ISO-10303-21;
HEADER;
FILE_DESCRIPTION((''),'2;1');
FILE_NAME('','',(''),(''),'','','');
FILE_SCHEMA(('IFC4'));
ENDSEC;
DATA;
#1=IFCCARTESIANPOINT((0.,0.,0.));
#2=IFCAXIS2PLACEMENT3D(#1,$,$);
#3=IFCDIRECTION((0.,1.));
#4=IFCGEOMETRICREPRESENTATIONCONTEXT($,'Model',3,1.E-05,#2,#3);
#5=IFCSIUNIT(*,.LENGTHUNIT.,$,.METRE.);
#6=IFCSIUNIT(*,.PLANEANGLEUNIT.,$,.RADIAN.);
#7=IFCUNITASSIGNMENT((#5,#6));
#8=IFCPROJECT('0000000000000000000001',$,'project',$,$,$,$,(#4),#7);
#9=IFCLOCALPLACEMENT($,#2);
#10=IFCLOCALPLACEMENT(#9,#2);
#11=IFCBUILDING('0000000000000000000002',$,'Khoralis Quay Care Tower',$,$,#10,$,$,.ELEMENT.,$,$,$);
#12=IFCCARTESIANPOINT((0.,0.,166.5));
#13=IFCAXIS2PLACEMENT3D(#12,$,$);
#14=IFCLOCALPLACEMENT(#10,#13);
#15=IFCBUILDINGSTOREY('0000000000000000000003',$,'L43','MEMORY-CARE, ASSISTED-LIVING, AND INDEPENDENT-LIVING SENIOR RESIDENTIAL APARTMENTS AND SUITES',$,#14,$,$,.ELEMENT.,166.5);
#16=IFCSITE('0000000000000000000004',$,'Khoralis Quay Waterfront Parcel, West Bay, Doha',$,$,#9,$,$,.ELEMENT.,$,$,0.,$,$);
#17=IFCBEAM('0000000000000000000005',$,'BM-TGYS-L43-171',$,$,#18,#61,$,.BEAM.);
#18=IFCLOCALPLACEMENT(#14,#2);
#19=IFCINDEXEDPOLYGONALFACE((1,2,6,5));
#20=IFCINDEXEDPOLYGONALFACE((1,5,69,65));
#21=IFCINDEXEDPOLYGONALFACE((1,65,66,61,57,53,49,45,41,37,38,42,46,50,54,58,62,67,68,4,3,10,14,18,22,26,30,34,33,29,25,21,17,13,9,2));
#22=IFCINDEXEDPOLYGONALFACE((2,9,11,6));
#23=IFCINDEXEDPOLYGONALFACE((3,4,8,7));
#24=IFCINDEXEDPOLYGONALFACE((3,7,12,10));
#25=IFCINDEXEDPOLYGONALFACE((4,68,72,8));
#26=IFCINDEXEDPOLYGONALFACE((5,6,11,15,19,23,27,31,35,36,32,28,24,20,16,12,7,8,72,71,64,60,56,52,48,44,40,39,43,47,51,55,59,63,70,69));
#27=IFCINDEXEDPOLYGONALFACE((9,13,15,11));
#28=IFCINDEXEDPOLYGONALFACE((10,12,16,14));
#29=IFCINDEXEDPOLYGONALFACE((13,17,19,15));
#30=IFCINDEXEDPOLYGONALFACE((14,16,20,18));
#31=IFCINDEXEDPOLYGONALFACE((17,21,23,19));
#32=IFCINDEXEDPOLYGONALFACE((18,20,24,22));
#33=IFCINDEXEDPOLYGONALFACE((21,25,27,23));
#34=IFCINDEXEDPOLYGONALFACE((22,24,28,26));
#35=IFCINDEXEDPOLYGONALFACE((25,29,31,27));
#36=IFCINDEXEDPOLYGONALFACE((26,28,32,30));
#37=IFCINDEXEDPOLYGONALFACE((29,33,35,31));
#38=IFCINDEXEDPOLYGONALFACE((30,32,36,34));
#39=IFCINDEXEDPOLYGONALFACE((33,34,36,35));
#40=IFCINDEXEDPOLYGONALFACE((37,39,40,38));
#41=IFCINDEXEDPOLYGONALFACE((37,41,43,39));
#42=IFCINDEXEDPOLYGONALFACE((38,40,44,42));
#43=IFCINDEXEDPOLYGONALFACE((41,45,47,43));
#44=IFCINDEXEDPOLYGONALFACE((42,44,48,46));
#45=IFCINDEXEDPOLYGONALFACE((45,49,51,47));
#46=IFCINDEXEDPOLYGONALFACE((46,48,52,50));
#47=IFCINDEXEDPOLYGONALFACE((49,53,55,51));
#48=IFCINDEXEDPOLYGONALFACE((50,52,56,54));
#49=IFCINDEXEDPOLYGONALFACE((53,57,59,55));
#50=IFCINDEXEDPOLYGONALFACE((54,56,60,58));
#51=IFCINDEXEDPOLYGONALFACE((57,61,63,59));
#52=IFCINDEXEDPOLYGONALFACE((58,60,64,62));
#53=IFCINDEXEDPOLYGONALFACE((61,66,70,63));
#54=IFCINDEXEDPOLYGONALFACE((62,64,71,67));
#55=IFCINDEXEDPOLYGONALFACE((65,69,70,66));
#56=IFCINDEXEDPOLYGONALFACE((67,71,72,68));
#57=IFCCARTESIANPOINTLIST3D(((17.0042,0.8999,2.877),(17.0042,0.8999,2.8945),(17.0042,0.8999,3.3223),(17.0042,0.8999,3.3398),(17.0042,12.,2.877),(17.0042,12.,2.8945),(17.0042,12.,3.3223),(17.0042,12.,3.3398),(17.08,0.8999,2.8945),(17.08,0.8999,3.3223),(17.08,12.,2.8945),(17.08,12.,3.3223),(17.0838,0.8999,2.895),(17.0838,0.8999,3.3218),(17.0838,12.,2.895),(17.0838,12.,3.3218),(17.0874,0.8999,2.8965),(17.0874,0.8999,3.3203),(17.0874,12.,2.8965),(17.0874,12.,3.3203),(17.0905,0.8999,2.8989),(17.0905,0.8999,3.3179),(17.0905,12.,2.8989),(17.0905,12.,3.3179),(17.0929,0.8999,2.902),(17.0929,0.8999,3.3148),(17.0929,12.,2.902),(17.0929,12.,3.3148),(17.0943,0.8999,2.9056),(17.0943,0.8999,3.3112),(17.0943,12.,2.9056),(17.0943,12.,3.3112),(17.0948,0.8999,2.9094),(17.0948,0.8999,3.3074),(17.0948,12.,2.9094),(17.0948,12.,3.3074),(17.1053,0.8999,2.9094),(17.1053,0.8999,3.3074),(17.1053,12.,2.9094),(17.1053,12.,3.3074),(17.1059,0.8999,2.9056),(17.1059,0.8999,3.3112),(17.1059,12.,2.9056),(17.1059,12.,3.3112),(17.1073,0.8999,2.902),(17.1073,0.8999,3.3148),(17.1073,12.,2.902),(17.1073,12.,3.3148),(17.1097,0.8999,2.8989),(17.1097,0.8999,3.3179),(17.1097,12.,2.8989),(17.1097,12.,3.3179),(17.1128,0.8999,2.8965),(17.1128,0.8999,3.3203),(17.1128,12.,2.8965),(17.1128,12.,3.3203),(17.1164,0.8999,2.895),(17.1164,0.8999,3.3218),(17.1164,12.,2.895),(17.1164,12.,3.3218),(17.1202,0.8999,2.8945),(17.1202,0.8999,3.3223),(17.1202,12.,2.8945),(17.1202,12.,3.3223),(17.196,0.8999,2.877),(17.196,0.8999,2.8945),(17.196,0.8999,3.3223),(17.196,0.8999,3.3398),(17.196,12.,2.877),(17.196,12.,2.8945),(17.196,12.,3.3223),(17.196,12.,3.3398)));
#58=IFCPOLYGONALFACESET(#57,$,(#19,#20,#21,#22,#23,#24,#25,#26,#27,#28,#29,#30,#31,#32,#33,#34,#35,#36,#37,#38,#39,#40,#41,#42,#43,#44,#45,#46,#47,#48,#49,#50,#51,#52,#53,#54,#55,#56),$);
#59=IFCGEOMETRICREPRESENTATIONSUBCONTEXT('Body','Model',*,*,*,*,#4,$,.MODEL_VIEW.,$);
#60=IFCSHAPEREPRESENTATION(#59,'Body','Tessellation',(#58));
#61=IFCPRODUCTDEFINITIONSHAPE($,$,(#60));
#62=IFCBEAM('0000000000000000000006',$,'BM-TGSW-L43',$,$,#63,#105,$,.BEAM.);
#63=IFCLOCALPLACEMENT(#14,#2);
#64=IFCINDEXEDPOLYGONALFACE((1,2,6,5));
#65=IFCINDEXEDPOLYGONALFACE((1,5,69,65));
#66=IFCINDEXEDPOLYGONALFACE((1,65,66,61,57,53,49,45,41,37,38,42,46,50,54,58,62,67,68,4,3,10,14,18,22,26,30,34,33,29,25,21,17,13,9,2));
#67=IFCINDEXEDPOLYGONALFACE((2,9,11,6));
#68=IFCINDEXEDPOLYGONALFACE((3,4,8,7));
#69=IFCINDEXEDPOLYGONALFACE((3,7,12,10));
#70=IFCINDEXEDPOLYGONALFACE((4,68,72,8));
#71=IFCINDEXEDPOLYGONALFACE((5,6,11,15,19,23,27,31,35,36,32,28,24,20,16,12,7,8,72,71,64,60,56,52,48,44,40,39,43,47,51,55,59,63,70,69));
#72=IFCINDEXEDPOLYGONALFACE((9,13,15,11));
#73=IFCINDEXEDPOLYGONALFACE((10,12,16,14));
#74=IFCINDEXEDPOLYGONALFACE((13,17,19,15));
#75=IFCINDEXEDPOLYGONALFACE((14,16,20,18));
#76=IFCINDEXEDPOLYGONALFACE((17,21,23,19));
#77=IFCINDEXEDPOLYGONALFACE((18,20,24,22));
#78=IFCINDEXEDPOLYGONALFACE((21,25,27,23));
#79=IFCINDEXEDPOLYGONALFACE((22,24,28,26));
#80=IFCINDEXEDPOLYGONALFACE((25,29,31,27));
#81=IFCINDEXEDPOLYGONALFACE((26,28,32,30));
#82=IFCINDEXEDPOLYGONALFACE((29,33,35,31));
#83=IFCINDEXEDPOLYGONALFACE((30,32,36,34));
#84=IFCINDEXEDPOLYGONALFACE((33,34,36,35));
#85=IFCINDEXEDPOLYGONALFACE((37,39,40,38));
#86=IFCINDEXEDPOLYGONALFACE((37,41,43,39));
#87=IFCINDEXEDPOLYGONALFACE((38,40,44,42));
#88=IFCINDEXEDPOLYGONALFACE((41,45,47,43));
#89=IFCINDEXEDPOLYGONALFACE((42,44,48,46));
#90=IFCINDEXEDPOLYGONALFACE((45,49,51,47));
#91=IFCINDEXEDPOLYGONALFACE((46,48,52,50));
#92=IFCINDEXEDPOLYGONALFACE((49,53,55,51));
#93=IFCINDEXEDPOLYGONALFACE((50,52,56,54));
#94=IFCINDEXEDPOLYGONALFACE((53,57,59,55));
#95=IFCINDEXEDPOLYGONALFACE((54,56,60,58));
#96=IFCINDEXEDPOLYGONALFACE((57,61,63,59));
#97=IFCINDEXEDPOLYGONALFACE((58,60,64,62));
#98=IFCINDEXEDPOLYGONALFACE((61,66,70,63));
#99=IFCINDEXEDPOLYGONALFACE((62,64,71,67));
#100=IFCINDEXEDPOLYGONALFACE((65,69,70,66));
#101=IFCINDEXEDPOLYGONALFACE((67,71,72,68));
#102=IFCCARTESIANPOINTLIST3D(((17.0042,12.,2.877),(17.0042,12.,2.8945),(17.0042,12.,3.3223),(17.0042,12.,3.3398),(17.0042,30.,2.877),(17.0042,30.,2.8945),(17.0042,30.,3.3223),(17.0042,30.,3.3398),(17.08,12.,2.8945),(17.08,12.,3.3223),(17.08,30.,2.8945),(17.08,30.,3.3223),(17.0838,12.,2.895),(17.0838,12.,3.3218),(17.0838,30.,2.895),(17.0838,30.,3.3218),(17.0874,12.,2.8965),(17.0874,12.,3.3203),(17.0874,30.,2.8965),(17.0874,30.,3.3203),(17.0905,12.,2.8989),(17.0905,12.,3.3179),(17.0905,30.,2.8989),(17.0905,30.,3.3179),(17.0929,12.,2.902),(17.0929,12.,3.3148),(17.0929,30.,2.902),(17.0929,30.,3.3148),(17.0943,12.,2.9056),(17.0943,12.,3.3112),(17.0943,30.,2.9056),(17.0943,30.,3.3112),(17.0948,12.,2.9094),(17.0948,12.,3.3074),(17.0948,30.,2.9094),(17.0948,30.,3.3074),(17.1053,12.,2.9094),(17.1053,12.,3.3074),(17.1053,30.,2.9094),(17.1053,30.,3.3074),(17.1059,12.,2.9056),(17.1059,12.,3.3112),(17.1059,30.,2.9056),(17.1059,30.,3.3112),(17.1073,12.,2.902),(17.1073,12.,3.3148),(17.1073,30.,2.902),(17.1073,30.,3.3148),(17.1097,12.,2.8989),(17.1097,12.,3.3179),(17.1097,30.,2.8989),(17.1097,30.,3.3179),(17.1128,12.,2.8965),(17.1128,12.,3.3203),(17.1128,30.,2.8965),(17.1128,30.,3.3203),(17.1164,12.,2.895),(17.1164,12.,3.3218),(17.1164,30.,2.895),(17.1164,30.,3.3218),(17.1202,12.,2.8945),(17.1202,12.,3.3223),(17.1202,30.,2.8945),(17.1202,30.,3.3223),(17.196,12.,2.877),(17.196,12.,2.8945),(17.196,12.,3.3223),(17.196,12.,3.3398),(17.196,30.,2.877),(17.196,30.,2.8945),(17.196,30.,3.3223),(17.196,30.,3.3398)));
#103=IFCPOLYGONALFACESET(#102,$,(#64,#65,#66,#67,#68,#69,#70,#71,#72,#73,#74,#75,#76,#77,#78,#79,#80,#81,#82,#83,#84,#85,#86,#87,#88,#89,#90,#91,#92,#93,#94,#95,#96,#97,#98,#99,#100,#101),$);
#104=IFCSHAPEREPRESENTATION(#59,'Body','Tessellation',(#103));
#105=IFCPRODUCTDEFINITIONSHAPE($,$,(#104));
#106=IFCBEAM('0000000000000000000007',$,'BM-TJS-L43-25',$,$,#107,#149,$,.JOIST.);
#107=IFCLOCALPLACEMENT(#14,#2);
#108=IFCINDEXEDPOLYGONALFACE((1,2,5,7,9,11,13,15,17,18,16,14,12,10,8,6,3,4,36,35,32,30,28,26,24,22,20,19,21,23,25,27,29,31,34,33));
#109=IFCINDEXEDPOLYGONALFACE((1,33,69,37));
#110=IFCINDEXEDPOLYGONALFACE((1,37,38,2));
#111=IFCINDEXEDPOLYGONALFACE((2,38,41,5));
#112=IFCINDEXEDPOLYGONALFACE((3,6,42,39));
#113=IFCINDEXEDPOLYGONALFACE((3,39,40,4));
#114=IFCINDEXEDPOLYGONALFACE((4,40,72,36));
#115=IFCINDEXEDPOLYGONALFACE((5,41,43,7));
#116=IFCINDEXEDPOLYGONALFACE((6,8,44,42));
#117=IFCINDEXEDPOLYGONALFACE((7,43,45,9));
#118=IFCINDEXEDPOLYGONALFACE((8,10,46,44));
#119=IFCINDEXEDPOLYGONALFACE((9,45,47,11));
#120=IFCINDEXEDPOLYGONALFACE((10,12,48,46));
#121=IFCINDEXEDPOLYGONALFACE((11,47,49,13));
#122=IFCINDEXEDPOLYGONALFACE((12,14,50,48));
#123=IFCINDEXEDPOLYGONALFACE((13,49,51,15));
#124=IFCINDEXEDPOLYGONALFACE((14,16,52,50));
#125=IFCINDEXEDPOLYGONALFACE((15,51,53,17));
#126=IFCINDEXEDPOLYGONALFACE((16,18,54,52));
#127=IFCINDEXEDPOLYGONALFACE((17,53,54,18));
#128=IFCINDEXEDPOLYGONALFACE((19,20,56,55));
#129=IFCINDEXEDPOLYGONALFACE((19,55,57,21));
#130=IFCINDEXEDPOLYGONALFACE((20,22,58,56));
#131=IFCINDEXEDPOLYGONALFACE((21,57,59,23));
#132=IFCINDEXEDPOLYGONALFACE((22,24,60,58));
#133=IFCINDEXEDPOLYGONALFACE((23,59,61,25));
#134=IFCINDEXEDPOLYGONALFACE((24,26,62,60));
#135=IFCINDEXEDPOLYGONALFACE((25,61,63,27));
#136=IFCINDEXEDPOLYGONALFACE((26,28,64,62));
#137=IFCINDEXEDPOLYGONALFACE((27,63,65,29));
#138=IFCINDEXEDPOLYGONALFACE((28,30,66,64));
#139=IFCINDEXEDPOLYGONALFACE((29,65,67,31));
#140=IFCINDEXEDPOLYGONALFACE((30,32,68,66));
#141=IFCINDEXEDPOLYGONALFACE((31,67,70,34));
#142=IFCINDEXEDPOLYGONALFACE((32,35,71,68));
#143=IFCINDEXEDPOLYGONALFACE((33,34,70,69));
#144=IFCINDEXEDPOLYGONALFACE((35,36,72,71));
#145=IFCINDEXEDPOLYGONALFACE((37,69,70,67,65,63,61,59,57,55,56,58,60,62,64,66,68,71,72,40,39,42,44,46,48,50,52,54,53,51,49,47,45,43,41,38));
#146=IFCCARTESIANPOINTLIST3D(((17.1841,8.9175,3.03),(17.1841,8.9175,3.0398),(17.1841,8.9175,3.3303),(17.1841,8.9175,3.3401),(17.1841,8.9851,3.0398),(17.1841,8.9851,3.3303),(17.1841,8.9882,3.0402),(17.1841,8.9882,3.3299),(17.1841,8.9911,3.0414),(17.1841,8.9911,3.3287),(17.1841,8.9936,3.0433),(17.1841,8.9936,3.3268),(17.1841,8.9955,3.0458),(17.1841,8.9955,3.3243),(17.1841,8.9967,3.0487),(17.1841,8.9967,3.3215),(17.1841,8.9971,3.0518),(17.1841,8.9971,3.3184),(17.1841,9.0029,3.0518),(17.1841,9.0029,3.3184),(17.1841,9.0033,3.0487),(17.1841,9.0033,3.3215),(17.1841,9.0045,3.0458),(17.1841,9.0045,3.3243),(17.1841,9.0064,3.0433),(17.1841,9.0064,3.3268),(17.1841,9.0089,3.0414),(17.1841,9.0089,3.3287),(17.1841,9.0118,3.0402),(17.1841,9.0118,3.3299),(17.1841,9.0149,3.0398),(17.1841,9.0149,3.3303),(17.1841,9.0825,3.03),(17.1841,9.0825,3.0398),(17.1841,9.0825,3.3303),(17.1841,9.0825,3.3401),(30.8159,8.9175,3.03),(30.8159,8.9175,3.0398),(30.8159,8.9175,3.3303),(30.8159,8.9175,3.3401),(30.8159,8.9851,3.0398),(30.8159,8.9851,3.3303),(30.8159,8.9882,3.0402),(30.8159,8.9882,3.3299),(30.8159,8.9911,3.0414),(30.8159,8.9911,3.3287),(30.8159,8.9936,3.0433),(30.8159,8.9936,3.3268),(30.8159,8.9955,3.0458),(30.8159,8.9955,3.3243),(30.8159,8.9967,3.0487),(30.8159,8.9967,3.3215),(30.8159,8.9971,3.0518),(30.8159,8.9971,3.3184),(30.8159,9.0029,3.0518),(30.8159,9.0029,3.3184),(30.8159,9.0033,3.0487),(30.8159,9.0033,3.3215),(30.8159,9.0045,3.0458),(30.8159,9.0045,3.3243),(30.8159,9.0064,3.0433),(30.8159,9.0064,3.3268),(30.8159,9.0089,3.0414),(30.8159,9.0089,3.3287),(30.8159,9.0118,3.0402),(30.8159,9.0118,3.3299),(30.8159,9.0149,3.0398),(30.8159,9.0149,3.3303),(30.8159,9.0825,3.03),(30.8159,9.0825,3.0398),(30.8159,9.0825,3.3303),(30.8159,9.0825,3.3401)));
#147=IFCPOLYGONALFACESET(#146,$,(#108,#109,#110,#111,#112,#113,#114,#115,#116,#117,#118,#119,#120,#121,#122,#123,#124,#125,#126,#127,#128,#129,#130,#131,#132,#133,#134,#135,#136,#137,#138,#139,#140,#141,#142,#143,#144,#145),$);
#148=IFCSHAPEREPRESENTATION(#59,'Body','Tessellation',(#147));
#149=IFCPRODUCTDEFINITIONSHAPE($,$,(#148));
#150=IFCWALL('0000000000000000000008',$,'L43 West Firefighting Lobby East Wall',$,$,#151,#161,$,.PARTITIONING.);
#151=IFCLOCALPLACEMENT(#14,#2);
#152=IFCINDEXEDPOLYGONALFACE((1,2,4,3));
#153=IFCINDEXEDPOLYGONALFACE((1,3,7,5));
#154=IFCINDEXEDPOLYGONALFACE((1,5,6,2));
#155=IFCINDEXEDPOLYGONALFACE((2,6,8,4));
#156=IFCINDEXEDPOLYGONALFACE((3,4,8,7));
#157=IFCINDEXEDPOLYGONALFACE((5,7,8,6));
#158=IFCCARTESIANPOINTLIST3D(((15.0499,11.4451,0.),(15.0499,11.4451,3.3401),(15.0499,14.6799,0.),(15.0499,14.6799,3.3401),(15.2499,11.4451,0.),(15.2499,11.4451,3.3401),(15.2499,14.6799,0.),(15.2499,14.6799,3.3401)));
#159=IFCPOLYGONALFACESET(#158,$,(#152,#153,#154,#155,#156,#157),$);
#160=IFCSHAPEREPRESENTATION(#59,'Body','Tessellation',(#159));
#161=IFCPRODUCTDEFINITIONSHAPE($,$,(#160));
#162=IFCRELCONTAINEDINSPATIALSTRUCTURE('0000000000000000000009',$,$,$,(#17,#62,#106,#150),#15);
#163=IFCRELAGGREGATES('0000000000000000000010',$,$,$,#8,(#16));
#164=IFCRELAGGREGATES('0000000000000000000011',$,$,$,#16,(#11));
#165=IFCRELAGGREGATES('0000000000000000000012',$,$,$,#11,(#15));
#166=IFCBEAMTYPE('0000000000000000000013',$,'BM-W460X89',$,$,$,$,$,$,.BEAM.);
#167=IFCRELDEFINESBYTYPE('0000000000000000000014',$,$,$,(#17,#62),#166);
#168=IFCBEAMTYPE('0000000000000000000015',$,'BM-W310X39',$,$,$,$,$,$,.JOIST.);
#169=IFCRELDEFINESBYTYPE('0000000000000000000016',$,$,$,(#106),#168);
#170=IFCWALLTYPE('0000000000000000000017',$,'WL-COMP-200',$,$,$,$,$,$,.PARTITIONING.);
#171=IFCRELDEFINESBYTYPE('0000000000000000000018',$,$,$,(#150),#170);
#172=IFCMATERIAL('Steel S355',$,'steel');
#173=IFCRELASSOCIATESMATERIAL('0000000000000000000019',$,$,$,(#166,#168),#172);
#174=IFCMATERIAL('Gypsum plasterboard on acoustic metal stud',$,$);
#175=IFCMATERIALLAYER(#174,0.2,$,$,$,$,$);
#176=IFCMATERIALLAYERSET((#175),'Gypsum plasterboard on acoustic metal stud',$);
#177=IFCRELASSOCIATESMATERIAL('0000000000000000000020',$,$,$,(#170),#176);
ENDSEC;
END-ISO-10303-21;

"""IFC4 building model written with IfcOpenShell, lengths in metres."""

from ifc_helpers import new_model, si_unit, direction, frame, frame_2d, origin, origin_2d, place, context, subcontext, project, spatial, rectangle, i_section, extrude, source, transform, mapped, material, layer, layer_set, material_profile, profile_set, type_object, element, save


model = new_model("IFC4")

# Units and contexts
model_context = context("Model", 3, precision=1e-05, world=origin(), true_north=direction((0.0, 1.0)))
body_context = subcontext(model_context, "Body", "Model", "MODEL_VIEW")
ifc_project = project(units=[si_unit("LENGTHUNIT", "METRE"), si_unit("PLANEANGLEUNIT", "RADIAN")], contexts=[model_context])

# Site, building, storey
site_placement = place(None, origin())
site = spatial("IfcSite", under=ifc_project, at=site_placement, Name="Khoralis Quay Waterfront Parcel, West Bay, Doha", CompositionType="ELEMENT", RefElevation=0.0)
building_placement = place(site_placement, origin())
building = spatial("IfcBuilding", under=site, at=building_placement, Name="Khoralis Quay Care Tower", CompositionType="ELEMENT")
storey_placement = place(building_placement, frame((0.0, 0.0, 166.5)))
storey = spatial("IfcBuildingStorey", under=building, at=storey_placement, Name="L43", Description="MEMORY-CARE, ASSISTED-LIVING, AND INDEPENDENT-LIVING SENIOR RESIDENTIAL APARTMENTS AND SUITES", CompositionType="ELEMENT", Elevation=166.5)

# Beams
ifc_material_1 = material(Name="Steel S355", Category="steel")
ifc_material_profile_1 = material_profile(ifc_material_1, i_section(OverallWidth=0.1919, OverallDepth=0.4629, WebThickness=0.0105, FlangeThickness=0.0176, FilletRadius=0.0149, at=origin_2d()), Name="Steel S355")
ifc_profile_set_1 = profile_set([ifc_material_profile_1], Name="Steel S355")
beam_type_1 = type_object("IfcBeamType", Name="BM-W460X89", PredefinedType="BEAM", material=ifc_profile_set_1)
shared_shape_1 = source(origin(), body_context, "Body", "SweptSolid", [
    extrude(i_section(OverallWidth=0.1919, OverallDepth=0.4629, WebThickness=0.0105, FlangeThickness=0.0176, FilletRadius=0.0149, at=origin_2d()), origin(), (0.0, 0.0, 1.0), 11.1001),
])
beam_1_placement = place(storey_placement, frame((17.1001, 0.8999, 3.1084), z_axis=(0.0, 1.0, 0.0), x_axis=(-1.0, 0.0, 0.0)))
element("IfcBeam", 1, at=beam_1_placement, inside=storey, type_object=beam_type_1, Name="BM-TGYS-L43-171", PredefinedType="BEAM", context=body_context, shape_type="MappedRepresentation", body=[
    mapped(shared_shape_1, transform((0.0, 0.0, 0.0), scale=1.0)),
])
shared_shape_2 = source(origin(), body_context, "Body", "SweptSolid", [
    extrude(i_section(OverallWidth=0.1919, OverallDepth=0.4629, WebThickness=0.0105, FlangeThickness=0.0176, FilletRadius=0.0149, at=origin_2d()), origin(), (0.0, 0.0, 1.0), 18.0),
])
beam_2_placement = place(storey_placement, frame((17.1001, 12.0, 3.1084), z_axis=(0.0, 1.0, 0.0), x_axis=(-1.0, 0.0, 0.0)))
element("IfcBeam", 2, at=beam_2_placement, inside=storey, type_object=beam_type_1, Name="BM-TGSW-L43", PredefinedType="BEAM", context=body_context, shape_type="MappedRepresentation", body=[
    mapped(shared_shape_2, transform((0.0, 0.0, 0.0), scale=1.0)),
])
ifc_material_profile_2 = material_profile(ifc_material_1, i_section(OverallWidth=0.165, OverallDepth=0.3101, WebThickness=0.0059, FlangeThickness=0.0098, FilletRadius=0.012, at=origin_2d()), Name="Steel S355")
ifc_profile_set_2 = profile_set([ifc_material_profile_2], Name="Steel S355")
beam_type_2 = type_object("IfcBeamType", Name="BM-W310X39", PredefinedType="JOIST", material=ifc_profile_set_2)
shared_shape_3 = source(origin(), body_context, "Body", "SweptSolid", [
    extrude(i_section(OverallWidth=0.165, OverallDepth=0.3101, WebThickness=0.0059, FlangeThickness=0.0098, FilletRadius=0.012, at=origin_2d()), origin(), (0.0, 0.0, 1.0), 13.6318),
])
beam_3_placement = place(storey_placement, frame((17.1841, 9.0, 3.1851), z_axis=(1.0, 0.0, 0.0), x_axis=(0.0, 1.0, 0.0)))
element("IfcBeam", 3, at=beam_3_placement, inside=storey, type_object=beam_type_2, Name="BM-TJS-L43-25", PredefinedType="JOIST", context=body_context, shape_type="MappedRepresentation", body=[
    mapped(shared_shape_3, transform((0.0, 0.0, 0.0), scale=1.0)),
])

# Wall
ifc_material_2 = material(Name="Gypsum plasterboard on acoustic metal stud")
ifc_layer_1 = layer(ifc_material_2, 0.2)
ifc_layer_set_1 = layer_set([ifc_layer_1], Name="Gypsum plasterboard on acoustic metal stud")
wall_type_1 = type_object("IfcWallType", Name="WL-COMP-200", PredefinedType="PARTITIONING", material=ifc_layer_set_1)
wall_1_placement = place(storey_placement, frame((15.1499, 11.4451, 0.0), z_axis=(0.0, 0.0, 1.0), x_axis=(0.0, 1.0, 0.0)))
element("IfcWall", 4, at=wall_1_placement, inside=storey, type_object=wall_type_1, Name="L43 West Firefighting Lobby East Wall", PredefinedType="PARTITIONING", context=body_context, shape_type="SweptSolid", body=[
    extrude(rectangle(XDim=3.2349, YDim=0.2, at=frame_2d((1.6174, 0.0))), origin(), (0.0, 0.0, 1.0), 3.3401),
])

save(model, "model.ifc")
